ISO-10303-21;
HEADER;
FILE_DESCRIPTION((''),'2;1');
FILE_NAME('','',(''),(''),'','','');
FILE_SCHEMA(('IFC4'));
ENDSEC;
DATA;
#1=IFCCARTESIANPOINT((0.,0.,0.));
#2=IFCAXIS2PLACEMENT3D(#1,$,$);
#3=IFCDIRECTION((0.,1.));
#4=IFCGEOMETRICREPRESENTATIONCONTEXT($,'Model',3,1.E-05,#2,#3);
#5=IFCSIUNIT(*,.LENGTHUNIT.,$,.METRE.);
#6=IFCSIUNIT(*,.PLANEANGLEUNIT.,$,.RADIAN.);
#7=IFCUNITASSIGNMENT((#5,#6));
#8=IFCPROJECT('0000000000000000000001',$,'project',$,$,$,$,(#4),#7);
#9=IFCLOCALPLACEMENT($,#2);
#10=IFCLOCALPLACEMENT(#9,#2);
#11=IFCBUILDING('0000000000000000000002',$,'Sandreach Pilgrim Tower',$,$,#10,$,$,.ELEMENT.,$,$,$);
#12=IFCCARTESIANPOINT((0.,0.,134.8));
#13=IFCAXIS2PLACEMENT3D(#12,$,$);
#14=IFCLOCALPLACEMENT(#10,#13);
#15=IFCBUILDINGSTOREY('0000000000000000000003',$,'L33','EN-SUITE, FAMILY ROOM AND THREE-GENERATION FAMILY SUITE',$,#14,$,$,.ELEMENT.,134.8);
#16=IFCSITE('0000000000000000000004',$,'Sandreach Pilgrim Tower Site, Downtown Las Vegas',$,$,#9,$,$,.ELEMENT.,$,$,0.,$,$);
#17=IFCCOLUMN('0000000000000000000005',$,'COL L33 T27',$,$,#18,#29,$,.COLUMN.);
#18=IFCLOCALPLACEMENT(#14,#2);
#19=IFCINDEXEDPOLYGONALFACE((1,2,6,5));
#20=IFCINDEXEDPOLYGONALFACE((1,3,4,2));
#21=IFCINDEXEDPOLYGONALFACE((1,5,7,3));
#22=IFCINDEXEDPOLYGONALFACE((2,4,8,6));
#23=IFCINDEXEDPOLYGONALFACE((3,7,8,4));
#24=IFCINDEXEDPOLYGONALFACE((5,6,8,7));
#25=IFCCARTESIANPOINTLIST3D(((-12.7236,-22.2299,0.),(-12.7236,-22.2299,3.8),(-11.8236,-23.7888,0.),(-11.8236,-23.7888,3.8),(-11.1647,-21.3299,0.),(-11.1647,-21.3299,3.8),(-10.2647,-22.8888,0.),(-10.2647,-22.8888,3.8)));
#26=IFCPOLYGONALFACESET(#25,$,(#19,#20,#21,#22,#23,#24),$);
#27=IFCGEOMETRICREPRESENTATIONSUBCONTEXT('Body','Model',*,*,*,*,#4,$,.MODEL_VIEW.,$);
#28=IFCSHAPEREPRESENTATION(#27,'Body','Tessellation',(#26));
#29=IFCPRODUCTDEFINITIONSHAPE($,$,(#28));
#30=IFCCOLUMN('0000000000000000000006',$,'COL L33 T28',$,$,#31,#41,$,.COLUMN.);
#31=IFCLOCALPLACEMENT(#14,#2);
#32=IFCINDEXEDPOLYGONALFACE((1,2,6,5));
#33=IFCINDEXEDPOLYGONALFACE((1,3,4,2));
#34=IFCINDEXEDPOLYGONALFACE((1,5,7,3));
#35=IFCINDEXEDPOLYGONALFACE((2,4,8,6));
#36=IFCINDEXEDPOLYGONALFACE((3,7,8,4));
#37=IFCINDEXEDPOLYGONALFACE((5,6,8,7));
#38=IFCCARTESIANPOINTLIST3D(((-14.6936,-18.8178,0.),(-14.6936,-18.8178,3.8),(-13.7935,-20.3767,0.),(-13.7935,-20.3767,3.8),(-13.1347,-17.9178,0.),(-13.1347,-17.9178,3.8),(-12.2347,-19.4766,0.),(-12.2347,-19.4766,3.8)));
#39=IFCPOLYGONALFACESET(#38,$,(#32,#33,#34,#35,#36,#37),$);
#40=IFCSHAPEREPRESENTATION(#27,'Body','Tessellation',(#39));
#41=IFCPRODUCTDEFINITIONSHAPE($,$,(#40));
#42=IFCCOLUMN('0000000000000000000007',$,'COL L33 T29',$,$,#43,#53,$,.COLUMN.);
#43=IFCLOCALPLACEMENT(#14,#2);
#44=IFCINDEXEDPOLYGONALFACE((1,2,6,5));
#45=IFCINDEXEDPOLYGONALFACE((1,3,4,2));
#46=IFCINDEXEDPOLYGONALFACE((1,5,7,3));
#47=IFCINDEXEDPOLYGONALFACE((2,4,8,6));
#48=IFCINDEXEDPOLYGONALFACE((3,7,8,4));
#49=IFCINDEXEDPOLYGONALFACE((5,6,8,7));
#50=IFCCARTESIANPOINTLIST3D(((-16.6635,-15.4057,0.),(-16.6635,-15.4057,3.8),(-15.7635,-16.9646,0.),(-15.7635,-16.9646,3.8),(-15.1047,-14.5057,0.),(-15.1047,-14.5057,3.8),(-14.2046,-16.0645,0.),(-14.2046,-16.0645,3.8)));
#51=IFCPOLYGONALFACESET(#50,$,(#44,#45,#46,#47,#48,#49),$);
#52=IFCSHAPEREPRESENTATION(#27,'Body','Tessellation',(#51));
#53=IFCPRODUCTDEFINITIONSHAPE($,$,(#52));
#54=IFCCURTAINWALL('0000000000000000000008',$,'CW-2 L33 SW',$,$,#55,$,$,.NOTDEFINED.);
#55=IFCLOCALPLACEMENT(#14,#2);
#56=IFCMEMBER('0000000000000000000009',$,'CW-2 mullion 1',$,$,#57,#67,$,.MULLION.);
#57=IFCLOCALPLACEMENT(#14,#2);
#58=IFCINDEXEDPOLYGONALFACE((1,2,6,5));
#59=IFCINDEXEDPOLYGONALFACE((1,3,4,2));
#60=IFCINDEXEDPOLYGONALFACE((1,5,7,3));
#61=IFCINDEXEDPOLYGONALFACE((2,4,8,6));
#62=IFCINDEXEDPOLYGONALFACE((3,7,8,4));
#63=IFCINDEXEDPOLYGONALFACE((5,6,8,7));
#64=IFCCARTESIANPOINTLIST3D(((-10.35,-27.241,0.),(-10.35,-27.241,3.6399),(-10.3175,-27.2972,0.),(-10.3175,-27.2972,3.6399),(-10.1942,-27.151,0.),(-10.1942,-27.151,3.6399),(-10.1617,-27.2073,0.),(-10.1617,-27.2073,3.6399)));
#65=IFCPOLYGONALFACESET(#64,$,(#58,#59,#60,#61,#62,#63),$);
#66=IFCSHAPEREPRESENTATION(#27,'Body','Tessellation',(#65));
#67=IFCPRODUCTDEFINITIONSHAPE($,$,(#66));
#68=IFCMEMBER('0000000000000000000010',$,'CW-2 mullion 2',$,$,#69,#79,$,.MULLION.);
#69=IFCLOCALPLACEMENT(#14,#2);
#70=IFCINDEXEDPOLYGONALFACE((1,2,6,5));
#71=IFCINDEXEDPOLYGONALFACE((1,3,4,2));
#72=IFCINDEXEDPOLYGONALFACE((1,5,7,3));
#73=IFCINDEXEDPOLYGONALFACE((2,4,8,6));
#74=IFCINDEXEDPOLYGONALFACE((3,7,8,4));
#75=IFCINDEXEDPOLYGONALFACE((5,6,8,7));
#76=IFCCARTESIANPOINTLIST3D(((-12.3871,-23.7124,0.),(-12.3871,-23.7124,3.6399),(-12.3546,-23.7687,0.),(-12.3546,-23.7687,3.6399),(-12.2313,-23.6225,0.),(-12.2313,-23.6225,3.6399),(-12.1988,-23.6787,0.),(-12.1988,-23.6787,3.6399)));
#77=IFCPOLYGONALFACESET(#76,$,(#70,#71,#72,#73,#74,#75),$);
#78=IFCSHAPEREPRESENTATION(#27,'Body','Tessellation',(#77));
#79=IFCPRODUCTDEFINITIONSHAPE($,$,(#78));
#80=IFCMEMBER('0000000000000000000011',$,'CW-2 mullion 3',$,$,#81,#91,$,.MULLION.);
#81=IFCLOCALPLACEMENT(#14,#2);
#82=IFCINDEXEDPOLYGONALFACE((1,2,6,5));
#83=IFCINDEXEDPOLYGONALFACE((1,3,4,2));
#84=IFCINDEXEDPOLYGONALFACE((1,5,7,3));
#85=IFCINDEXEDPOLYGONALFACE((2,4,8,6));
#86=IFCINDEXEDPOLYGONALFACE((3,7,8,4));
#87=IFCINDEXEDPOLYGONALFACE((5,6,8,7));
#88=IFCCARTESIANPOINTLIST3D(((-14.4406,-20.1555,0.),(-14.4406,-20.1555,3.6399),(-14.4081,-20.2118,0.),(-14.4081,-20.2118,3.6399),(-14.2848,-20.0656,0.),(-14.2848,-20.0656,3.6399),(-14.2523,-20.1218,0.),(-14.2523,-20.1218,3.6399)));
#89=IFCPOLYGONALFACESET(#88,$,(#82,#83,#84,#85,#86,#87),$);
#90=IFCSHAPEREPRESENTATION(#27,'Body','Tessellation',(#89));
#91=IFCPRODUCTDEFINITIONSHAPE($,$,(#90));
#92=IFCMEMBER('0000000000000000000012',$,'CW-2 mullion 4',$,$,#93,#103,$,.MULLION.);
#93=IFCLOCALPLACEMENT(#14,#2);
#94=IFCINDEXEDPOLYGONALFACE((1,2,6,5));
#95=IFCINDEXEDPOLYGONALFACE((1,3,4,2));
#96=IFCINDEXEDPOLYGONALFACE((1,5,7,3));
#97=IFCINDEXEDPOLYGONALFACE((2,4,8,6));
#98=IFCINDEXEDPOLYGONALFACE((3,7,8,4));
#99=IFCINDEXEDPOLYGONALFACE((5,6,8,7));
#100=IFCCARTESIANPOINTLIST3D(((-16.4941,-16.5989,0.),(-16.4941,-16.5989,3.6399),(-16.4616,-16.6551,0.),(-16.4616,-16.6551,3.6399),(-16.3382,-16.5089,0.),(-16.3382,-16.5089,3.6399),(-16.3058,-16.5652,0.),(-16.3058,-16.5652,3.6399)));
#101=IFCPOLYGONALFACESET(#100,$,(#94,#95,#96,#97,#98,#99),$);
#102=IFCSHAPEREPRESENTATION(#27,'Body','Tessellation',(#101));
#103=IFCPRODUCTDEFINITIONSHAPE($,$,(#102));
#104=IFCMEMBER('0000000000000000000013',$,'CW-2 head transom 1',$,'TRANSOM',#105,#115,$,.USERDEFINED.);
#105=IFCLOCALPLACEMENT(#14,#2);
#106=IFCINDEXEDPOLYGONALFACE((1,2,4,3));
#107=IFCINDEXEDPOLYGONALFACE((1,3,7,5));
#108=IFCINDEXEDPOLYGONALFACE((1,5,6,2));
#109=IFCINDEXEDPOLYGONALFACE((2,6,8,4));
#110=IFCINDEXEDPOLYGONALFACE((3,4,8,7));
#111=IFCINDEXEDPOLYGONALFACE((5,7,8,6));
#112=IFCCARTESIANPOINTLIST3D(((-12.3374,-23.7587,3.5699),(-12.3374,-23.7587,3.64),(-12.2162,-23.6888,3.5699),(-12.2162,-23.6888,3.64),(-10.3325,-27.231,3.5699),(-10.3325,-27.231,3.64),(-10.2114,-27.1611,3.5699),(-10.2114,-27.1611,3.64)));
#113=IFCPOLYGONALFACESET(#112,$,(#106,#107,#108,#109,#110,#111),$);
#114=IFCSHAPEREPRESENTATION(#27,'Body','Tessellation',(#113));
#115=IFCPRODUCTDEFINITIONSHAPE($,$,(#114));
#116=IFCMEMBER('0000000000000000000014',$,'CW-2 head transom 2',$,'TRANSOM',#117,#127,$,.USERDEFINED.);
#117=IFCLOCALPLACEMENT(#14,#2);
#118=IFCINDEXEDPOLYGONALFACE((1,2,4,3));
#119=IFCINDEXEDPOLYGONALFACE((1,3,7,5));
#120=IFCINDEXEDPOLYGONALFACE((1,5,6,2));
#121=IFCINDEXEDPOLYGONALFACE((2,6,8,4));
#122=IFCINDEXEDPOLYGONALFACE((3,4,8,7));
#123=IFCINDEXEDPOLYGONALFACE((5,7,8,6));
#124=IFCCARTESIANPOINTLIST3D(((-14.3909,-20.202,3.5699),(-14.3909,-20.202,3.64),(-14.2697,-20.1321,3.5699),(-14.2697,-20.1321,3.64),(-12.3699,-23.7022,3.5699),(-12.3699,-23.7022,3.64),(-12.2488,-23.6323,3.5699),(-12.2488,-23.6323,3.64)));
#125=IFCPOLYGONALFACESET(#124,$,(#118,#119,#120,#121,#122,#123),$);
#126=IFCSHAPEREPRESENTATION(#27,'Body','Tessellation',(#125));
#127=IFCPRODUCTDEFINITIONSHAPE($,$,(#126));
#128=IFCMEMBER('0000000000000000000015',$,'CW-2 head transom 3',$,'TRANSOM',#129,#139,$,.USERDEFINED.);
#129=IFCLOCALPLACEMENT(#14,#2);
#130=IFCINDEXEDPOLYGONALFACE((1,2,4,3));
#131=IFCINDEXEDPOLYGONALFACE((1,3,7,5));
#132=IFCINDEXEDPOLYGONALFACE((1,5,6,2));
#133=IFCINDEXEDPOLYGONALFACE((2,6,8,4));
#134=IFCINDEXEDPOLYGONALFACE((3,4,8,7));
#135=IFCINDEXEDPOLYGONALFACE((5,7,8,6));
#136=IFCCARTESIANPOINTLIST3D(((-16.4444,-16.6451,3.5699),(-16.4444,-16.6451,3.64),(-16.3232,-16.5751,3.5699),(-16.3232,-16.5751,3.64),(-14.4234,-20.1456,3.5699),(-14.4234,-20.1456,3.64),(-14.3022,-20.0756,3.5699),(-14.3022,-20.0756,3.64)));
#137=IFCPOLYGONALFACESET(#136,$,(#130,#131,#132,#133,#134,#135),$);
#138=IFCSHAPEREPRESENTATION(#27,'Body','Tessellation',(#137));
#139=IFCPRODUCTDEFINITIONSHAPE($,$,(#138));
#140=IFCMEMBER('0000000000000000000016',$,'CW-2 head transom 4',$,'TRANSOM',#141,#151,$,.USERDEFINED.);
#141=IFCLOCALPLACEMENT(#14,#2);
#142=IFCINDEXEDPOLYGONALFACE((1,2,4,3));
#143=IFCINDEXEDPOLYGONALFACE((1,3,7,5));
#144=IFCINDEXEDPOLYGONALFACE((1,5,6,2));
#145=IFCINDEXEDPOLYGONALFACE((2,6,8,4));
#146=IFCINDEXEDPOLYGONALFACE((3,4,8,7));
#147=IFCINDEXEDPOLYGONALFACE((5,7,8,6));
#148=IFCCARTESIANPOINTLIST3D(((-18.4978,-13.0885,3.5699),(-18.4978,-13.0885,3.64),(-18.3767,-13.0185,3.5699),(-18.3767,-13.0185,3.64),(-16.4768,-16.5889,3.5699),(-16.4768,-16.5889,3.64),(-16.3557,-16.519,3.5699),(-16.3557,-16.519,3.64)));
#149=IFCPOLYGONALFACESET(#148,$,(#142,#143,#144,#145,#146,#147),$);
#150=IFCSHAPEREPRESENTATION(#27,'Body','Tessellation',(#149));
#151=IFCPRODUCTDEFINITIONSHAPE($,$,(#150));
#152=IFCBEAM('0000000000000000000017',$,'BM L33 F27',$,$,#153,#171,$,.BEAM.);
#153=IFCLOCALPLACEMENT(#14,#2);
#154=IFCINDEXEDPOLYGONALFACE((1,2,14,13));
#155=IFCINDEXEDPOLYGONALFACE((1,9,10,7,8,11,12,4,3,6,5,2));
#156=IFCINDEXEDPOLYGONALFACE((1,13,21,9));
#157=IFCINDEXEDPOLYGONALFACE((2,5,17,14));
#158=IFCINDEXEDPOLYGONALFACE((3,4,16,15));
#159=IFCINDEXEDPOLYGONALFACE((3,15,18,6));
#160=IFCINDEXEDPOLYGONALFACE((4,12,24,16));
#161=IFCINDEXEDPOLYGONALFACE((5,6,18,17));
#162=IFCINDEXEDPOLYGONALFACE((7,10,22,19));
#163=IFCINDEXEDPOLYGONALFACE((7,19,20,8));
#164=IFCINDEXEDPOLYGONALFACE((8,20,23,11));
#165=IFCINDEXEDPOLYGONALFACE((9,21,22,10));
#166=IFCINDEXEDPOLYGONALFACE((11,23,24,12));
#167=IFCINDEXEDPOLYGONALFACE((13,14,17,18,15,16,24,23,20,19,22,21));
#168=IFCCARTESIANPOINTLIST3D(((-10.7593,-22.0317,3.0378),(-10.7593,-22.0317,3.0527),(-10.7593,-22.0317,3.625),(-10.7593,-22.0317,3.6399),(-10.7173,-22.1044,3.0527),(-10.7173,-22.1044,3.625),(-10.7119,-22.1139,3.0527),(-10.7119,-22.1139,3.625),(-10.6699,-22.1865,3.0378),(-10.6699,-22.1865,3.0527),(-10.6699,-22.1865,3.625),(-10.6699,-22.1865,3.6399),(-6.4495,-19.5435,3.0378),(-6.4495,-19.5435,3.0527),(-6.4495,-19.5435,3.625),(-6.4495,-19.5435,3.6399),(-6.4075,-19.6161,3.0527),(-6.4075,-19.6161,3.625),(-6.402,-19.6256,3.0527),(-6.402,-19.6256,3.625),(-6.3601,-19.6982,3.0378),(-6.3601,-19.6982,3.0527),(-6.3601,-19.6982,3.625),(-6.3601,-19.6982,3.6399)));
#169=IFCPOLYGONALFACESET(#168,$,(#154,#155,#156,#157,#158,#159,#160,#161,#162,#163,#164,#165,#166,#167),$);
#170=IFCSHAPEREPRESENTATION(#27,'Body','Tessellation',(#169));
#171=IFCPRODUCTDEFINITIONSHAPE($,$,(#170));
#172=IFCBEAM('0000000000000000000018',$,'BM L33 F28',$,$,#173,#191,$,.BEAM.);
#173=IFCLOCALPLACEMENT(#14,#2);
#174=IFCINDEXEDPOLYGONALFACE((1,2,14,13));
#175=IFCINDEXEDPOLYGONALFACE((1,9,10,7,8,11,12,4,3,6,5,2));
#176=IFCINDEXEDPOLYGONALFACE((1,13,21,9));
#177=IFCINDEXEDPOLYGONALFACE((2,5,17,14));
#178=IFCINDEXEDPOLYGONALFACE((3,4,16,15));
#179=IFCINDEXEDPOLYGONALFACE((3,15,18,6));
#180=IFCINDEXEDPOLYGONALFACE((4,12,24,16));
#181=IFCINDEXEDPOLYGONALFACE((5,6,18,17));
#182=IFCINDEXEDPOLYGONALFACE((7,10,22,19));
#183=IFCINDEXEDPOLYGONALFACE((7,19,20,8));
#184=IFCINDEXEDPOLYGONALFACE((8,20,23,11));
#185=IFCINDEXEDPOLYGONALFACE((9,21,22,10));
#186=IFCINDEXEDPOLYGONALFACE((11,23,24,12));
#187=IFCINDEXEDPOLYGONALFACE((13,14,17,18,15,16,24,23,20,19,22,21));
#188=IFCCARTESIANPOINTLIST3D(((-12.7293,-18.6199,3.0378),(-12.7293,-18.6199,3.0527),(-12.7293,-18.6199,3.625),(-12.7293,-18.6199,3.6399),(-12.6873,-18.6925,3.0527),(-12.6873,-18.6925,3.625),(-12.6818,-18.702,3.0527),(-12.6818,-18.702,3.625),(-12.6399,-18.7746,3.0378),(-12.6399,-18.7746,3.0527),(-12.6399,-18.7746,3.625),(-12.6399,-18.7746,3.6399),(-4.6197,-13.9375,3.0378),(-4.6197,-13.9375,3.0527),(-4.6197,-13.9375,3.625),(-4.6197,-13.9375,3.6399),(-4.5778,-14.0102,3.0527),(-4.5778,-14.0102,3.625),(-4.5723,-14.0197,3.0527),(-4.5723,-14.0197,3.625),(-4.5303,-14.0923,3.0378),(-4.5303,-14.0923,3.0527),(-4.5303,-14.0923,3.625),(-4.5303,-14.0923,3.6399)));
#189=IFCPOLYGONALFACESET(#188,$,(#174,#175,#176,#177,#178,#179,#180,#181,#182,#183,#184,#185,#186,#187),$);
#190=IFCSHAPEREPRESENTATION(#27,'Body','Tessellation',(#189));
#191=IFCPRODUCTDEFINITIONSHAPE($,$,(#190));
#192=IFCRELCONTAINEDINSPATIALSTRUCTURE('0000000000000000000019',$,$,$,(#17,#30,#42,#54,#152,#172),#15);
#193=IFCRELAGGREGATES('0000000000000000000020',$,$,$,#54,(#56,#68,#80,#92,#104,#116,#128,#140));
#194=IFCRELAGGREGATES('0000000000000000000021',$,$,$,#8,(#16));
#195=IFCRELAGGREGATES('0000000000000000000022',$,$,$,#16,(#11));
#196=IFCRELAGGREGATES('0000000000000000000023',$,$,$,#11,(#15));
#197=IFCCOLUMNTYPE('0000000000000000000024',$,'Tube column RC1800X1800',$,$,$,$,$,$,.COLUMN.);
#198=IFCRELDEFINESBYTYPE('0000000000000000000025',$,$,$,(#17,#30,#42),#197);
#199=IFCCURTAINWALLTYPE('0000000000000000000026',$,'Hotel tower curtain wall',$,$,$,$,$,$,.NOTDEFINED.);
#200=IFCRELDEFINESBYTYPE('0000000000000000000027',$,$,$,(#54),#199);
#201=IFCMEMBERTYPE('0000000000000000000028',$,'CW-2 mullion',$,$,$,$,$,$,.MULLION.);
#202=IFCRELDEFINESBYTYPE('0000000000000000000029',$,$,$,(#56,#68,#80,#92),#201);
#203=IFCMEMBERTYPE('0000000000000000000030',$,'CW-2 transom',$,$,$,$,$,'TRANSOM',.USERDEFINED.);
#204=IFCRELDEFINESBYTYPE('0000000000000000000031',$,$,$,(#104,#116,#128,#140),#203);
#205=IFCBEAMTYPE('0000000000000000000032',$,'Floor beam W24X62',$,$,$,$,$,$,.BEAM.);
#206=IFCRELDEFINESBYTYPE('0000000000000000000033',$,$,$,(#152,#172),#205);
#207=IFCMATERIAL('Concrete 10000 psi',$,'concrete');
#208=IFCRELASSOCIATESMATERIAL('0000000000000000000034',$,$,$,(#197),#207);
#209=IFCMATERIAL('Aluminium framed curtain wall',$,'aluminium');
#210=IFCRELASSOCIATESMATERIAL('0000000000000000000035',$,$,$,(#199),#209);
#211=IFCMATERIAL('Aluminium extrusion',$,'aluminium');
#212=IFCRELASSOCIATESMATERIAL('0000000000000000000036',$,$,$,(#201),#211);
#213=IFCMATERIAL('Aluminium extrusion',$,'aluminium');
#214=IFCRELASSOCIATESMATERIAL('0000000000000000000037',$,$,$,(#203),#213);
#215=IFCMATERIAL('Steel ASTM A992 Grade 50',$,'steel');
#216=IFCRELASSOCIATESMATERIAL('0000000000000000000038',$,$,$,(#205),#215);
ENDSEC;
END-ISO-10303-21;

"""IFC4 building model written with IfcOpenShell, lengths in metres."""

from ifc_helpers import new_model, si_unit, direction, frame, origin, origin_2d, place, context, subcontext, project, spatial, rectangle, i_section, extrude, material, material_profile, profile_set, type_object, element, aggregate, save


model = new_model("IFC4")

# Units and contexts
model_context = context("Model", 3, precision=1e-05, world=origin(), true_north=direction((0.0, 1.0)))
body_context = subcontext(model_context, "Body", "Model", "MODEL_VIEW")
ifc_project = project(units=[si_unit("LENGTHUNIT", "METRE"), si_unit("PLANEANGLEUNIT", "RADIAN")], contexts=[model_context])

# Site, building, storey
site_placement = place(None, origin())
site = spatial("IfcSite", under=ifc_project, at=site_placement, Name="Sandreach Pilgrim Tower Site, Downtown Las Vegas", CompositionType="ELEMENT", RefElevation=0.0)
building_placement = place(site_placement, origin())
building = spatial("IfcBuilding", under=site, at=building_placement, Name="Sandreach Pilgrim Tower", CompositionType="ELEMENT")
storey_placement = place(building_placement, frame((0.0, 0.0, 134.8)))
storey = spatial("IfcBuildingStorey", under=building, at=storey_placement, Name="L33", Description="EN-SUITE, FAMILY ROOM AND THREE-GENERATION FAMILY SUITE", CompositionType="ELEMENT", Elevation=134.8)

# Columns
ifc_material_1 = material(Name="Concrete 10000 psi", Category="concrete")
ifc_material_profile_1 = material_profile(ifc_material_1, rectangle(XDim=1.8, YDim=1.8, at=origin_2d()), Name="RC1800X1800")
ifc_profile_set_1 = profile_set([ifc_material_profile_1], Name="Concrete 10000 psi")
column_type = type_object("IfcColumnType", Name="Tube column RC1800X1800", PredefinedType="COLUMN", material=ifc_profile_set_1)
for number, where, z_axis, x_axis, name in (
    (1, (-11.4941, -22.5593, 0.0), (0.0, 0.0, 1.0), (-0.866025, -0.5, 0.0), "COL L33 T27"),
    (2, (-13.4641, -19.1472, 0.0), (0.0, 0.0, 1.0), (-0.866025, -0.5, 0.0), "COL L33 T28"),
    (3, (-15.4341, -15.7351, 0.0), (0.0, 0.0, 1.0), (-0.866025, -0.5, 0.0), "COL L33 T29"),
):
    element("IfcColumn", number, at=place(storey_placement, frame(where, z_axis=z_axis, x_axis=x_axis)), inside=storey, type_object=column_type, Name=name, PredefinedType="COLUMN", context=body_context, shape_type="SweptSolid", body=[
        extrude(rectangle(XDim=1.8, YDim=1.8, at=origin_2d()), origin(), (0.0, 0.0, 1.0), 3.8),
    ])

# Curtain wall, members
ifc_material_2 = material(Name="Aluminium framed curtain wall", Category="aluminium")
curtain_wall_type = type_object("IfcCurtainWallType", Name="Hotel tower curtain wall", PredefinedType="NOTDEFINED", material=ifc_material_2)
curtain_wall_placement = place(storey_placement, origin())
curtain_wall = element("IfcCurtainWall", 4, at=curtain_wall_placement, inside=storey, type_object=curtain_wall_type, Name="CW-2 L33 SW", PredefinedType="NOTDEFINED")
ifc_material_3 = material(Name="Aluminium extrusion", Category="aluminium")
ifc_material_profile_2 = material_profile(ifc_material_3, rectangle(XDim=0.0649, YDim=0.1799, at=origin_2d()), Name="CW-2M 65X180")
ifc_profile_set_2 = profile_set([ifc_material_profile_2], Name="Aluminium extrusion")
member_type_1 = type_object("IfcMemberType", Name="CW-2 mullion", PredefinedType="MULLION", material=ifc_profile_set_2)
member_1_placement = place(storey_placement, frame((-10.2559, -27.2241, 0.0), z_axis=(0.0, 0.0, 1.0), x_axis=(-0.5, 0.866025, 0.0)))
member_1 = element("IfcMember", 5, at=member_1_placement, type_object=member_type_1, Name="CW-2 mullion 1", PredefinedType="MULLION", context=body_context, shape_type="SweptSolid", body=[
    extrude(rectangle(XDim=0.0649, YDim=0.1799, at=origin_2d()), origin(), (0.0, 0.0, 1.0), 3.6399),
])
member_2_placement = place(storey_placement, frame((-12.293, -23.6956, 0.0), z_axis=(0.0, 0.0, 1.0), x_axis=(-0.5, 0.866025, 0.0)))
member_2 = element("IfcMember", 6, at=member_2_placement, type_object=member_type_1, Name="CW-2 mullion 2", PredefinedType="MULLION", context=body_context, shape_type="SweptSolid", body=[
    extrude(rectangle(XDim=0.0649, YDim=0.1799, at=origin_2d()), origin(), (0.0, 0.0, 1.0), 3.6399),
])
member_3_placement = place(storey_placement, frame((-14.3464, -20.1387, 0.0), z_axis=(0.0, 0.0, 1.0), x_axis=(-0.5, 0.866025, 0.0)))
member_3 = element("IfcMember", 7, at=member_3_placement, type_object=member_type_1, Name="CW-2 mullion 3", PredefinedType="MULLION", context=body_context, shape_type="SweptSolid", body=[
    extrude(rectangle(XDim=0.0649, YDim=0.1799, at=origin_2d()), origin(), (0.0, 0.0, 1.0), 3.6399),
])
member_4_placement = place(storey_placement, frame((-16.3999, -16.582, 0.0), z_axis=(0.0, 0.0, 1.0), x_axis=(-0.5, 0.866025, 0.0)))
member_4 = element("IfcMember", 8, at=member_4_placement, type_object=member_type_1, Name="CW-2 mullion 4", PredefinedType="MULLION", context=body_context, shape_type="SweptSolid", body=[
    extrude(rectangle(XDim=0.0649, YDim=0.1799, at=origin_2d()), origin(), (0.0, 0.0, 1.0), 3.6399),
])
ifc_material_4 = material(Name="Aluminium extrusion", Category="aluminium")
ifc_material_profile_3 = material_profile(ifc_material_4, rectangle(XDim=0.1399, YDim=0.0701, at=origin_2d()), Name="CW-2T 140X70")
ifc_profile_set_3 = profile_set([ifc_material_profile_3], Name="Aluminium extrusion")
member_type_2 = type_object("IfcMemberType", Name="CW-2 transom", ElementType="TRANSOM", PredefinedType="USERDEFINED", material=ifc_profile_set_3)
member_5_placement = place(storey_placement, frame((-10.272, -27.196, 3.605), z_axis=(-0.500016, 0.866016, 0.0), x_axis=(-0.866016, -0.500016, 0.0)))
member_5 = element("IfcMember", 9, at=member_5_placement, type_object=member_type_2, Name="CW-2 head transom 1", ObjectType="TRANSOM", PredefinedType="USERDEFINED", context=body_context, shape_type="SweptSolid", body=[
    extrude(rectangle(XDim=0.1399, YDim=0.0701, at=origin_2d()), origin(), (0.0, 0.0, 1.0), 4.0095),
])
member_6_placement = place(storey_placement, frame((-12.3093, -23.6672, 3.605), z_axis=(-0.500024, 0.866012, 0.0), x_axis=(-0.866012, -0.500024, 0.0)))
member_6 = element("IfcMember", 10, at=member_6_placement, type_object=member_type_2, Name="CW-2 head transom 2", ObjectType="TRANSOM", PredefinedType="USERDEFINED", context=body_context, shape_type="SweptSolid", body=[
    extrude(rectangle(XDim=0.1399, YDim=0.0701, at=origin_2d()), origin(), (0.0, 0.0, 1.0), 4.0417),
])
member_7_placement = place(storey_placement, frame((-14.3628, -20.1106, 3.605), z_axis=(-0.499998, 0.866027, 0.0), x_axis=(-0.866027, -0.499998, 0.0)))
member_7 = element("IfcMember", 11, at=member_7_placement, type_object=member_type_2, Name="CW-2 head transom 3", ObjectType="TRANSOM", PredefinedType="USERDEFINED", context=body_context, shape_type="SweptSolid", body=[
    extrude(rectangle(XDim=0.1399, YDim=0.0701, at=origin_2d()), origin(), (0.0, 0.0, 1.0), 4.042),
])
member_8_placement = place(storey_placement, frame((-16.4163, -16.554, 3.605), z_axis=(-0.499998, 0.866027, 0.0), x_axis=(-0.866027, -0.499998, 0.0)))
member_8 = element("IfcMember", 12, at=member_8_placement, type_object=member_type_2, Name="CW-2 head transom 4", ObjectType="TRANSOM", PredefinedType="USERDEFINED", context=body_context, shape_type="SweptSolid", body=[
    extrude(rectangle(XDim=0.1399, YDim=0.0701, at=origin_2d()), origin(), (0.0, 0.0, 1.0), 4.042),
])

# Beams
ifc_material_5 = material(Name="Steel ASTM A992 Grade 50", Category="steel")
ifc_material_profile_4 = material_profile(ifc_material_5, i_section(OverallWidth=0.1787, OverallDepth=0.6021, WebThickness=0.011, FlangeThickness=0.0149, at=origin_2d()), Name="W24X62")
ifc_profile_set_4 = profile_set([ifc_material_profile_4], Name="Steel ASTM A992 Grade 50")
beam_type_1 = type_object("IfcBeamType", Name="Floor beam W24X62", PredefinedType="BEAM", material=ifc_profile_set_4)
beam_1_placement = place(storey_placement, frame((-10.7146, -22.1091, 3.3389), z_axis=(0.866025, 0.500001, 0.0), x_axis=(-0.500001, 0.866025, 0.0)))
element("IfcBeam", 13, at=beam_1_placement, inside=storey, type_object=beam_type_1, Name="BM L33 F27", PredefinedType="BEAM", context=body_context, shape_type="SweptSolid", body=[
    extrude(i_section(OverallWidth=0.1787, OverallDepth=0.6021, WebThickness=0.011, FlangeThickness=0.0149, at=origin_2d()), origin(), (0.0, 0.0, 1.0), 4.9766),
])
beam_2_placement = place(storey_placement, frame((-12.6846, -18.6973, 3.3389), z_axis=(0.866012, 0.500023, 0.0), x_axis=(-0.500023, 0.866012, 0.0)))
element("IfcBeam", 14, at=beam_2_placement, inside=storey, type_object=beam_type_1, Name="BM L33 F28", PredefinedType="BEAM", context=body_context, shape_type="SweptSolid", body=[
    extrude(i_section(OverallWidth=0.1787, OverallDepth=0.6021, WebThickness=0.011, FlangeThickness=0.0149, at=origin_2d()), origin(), (0.0, 0.0, 1.0), 9.3643),
])

aggregate(curtain_wall, [member_1, member_2, member_3, member_4, member_5, member_6, member_7, member_8])

save(model, "model.ifc")
